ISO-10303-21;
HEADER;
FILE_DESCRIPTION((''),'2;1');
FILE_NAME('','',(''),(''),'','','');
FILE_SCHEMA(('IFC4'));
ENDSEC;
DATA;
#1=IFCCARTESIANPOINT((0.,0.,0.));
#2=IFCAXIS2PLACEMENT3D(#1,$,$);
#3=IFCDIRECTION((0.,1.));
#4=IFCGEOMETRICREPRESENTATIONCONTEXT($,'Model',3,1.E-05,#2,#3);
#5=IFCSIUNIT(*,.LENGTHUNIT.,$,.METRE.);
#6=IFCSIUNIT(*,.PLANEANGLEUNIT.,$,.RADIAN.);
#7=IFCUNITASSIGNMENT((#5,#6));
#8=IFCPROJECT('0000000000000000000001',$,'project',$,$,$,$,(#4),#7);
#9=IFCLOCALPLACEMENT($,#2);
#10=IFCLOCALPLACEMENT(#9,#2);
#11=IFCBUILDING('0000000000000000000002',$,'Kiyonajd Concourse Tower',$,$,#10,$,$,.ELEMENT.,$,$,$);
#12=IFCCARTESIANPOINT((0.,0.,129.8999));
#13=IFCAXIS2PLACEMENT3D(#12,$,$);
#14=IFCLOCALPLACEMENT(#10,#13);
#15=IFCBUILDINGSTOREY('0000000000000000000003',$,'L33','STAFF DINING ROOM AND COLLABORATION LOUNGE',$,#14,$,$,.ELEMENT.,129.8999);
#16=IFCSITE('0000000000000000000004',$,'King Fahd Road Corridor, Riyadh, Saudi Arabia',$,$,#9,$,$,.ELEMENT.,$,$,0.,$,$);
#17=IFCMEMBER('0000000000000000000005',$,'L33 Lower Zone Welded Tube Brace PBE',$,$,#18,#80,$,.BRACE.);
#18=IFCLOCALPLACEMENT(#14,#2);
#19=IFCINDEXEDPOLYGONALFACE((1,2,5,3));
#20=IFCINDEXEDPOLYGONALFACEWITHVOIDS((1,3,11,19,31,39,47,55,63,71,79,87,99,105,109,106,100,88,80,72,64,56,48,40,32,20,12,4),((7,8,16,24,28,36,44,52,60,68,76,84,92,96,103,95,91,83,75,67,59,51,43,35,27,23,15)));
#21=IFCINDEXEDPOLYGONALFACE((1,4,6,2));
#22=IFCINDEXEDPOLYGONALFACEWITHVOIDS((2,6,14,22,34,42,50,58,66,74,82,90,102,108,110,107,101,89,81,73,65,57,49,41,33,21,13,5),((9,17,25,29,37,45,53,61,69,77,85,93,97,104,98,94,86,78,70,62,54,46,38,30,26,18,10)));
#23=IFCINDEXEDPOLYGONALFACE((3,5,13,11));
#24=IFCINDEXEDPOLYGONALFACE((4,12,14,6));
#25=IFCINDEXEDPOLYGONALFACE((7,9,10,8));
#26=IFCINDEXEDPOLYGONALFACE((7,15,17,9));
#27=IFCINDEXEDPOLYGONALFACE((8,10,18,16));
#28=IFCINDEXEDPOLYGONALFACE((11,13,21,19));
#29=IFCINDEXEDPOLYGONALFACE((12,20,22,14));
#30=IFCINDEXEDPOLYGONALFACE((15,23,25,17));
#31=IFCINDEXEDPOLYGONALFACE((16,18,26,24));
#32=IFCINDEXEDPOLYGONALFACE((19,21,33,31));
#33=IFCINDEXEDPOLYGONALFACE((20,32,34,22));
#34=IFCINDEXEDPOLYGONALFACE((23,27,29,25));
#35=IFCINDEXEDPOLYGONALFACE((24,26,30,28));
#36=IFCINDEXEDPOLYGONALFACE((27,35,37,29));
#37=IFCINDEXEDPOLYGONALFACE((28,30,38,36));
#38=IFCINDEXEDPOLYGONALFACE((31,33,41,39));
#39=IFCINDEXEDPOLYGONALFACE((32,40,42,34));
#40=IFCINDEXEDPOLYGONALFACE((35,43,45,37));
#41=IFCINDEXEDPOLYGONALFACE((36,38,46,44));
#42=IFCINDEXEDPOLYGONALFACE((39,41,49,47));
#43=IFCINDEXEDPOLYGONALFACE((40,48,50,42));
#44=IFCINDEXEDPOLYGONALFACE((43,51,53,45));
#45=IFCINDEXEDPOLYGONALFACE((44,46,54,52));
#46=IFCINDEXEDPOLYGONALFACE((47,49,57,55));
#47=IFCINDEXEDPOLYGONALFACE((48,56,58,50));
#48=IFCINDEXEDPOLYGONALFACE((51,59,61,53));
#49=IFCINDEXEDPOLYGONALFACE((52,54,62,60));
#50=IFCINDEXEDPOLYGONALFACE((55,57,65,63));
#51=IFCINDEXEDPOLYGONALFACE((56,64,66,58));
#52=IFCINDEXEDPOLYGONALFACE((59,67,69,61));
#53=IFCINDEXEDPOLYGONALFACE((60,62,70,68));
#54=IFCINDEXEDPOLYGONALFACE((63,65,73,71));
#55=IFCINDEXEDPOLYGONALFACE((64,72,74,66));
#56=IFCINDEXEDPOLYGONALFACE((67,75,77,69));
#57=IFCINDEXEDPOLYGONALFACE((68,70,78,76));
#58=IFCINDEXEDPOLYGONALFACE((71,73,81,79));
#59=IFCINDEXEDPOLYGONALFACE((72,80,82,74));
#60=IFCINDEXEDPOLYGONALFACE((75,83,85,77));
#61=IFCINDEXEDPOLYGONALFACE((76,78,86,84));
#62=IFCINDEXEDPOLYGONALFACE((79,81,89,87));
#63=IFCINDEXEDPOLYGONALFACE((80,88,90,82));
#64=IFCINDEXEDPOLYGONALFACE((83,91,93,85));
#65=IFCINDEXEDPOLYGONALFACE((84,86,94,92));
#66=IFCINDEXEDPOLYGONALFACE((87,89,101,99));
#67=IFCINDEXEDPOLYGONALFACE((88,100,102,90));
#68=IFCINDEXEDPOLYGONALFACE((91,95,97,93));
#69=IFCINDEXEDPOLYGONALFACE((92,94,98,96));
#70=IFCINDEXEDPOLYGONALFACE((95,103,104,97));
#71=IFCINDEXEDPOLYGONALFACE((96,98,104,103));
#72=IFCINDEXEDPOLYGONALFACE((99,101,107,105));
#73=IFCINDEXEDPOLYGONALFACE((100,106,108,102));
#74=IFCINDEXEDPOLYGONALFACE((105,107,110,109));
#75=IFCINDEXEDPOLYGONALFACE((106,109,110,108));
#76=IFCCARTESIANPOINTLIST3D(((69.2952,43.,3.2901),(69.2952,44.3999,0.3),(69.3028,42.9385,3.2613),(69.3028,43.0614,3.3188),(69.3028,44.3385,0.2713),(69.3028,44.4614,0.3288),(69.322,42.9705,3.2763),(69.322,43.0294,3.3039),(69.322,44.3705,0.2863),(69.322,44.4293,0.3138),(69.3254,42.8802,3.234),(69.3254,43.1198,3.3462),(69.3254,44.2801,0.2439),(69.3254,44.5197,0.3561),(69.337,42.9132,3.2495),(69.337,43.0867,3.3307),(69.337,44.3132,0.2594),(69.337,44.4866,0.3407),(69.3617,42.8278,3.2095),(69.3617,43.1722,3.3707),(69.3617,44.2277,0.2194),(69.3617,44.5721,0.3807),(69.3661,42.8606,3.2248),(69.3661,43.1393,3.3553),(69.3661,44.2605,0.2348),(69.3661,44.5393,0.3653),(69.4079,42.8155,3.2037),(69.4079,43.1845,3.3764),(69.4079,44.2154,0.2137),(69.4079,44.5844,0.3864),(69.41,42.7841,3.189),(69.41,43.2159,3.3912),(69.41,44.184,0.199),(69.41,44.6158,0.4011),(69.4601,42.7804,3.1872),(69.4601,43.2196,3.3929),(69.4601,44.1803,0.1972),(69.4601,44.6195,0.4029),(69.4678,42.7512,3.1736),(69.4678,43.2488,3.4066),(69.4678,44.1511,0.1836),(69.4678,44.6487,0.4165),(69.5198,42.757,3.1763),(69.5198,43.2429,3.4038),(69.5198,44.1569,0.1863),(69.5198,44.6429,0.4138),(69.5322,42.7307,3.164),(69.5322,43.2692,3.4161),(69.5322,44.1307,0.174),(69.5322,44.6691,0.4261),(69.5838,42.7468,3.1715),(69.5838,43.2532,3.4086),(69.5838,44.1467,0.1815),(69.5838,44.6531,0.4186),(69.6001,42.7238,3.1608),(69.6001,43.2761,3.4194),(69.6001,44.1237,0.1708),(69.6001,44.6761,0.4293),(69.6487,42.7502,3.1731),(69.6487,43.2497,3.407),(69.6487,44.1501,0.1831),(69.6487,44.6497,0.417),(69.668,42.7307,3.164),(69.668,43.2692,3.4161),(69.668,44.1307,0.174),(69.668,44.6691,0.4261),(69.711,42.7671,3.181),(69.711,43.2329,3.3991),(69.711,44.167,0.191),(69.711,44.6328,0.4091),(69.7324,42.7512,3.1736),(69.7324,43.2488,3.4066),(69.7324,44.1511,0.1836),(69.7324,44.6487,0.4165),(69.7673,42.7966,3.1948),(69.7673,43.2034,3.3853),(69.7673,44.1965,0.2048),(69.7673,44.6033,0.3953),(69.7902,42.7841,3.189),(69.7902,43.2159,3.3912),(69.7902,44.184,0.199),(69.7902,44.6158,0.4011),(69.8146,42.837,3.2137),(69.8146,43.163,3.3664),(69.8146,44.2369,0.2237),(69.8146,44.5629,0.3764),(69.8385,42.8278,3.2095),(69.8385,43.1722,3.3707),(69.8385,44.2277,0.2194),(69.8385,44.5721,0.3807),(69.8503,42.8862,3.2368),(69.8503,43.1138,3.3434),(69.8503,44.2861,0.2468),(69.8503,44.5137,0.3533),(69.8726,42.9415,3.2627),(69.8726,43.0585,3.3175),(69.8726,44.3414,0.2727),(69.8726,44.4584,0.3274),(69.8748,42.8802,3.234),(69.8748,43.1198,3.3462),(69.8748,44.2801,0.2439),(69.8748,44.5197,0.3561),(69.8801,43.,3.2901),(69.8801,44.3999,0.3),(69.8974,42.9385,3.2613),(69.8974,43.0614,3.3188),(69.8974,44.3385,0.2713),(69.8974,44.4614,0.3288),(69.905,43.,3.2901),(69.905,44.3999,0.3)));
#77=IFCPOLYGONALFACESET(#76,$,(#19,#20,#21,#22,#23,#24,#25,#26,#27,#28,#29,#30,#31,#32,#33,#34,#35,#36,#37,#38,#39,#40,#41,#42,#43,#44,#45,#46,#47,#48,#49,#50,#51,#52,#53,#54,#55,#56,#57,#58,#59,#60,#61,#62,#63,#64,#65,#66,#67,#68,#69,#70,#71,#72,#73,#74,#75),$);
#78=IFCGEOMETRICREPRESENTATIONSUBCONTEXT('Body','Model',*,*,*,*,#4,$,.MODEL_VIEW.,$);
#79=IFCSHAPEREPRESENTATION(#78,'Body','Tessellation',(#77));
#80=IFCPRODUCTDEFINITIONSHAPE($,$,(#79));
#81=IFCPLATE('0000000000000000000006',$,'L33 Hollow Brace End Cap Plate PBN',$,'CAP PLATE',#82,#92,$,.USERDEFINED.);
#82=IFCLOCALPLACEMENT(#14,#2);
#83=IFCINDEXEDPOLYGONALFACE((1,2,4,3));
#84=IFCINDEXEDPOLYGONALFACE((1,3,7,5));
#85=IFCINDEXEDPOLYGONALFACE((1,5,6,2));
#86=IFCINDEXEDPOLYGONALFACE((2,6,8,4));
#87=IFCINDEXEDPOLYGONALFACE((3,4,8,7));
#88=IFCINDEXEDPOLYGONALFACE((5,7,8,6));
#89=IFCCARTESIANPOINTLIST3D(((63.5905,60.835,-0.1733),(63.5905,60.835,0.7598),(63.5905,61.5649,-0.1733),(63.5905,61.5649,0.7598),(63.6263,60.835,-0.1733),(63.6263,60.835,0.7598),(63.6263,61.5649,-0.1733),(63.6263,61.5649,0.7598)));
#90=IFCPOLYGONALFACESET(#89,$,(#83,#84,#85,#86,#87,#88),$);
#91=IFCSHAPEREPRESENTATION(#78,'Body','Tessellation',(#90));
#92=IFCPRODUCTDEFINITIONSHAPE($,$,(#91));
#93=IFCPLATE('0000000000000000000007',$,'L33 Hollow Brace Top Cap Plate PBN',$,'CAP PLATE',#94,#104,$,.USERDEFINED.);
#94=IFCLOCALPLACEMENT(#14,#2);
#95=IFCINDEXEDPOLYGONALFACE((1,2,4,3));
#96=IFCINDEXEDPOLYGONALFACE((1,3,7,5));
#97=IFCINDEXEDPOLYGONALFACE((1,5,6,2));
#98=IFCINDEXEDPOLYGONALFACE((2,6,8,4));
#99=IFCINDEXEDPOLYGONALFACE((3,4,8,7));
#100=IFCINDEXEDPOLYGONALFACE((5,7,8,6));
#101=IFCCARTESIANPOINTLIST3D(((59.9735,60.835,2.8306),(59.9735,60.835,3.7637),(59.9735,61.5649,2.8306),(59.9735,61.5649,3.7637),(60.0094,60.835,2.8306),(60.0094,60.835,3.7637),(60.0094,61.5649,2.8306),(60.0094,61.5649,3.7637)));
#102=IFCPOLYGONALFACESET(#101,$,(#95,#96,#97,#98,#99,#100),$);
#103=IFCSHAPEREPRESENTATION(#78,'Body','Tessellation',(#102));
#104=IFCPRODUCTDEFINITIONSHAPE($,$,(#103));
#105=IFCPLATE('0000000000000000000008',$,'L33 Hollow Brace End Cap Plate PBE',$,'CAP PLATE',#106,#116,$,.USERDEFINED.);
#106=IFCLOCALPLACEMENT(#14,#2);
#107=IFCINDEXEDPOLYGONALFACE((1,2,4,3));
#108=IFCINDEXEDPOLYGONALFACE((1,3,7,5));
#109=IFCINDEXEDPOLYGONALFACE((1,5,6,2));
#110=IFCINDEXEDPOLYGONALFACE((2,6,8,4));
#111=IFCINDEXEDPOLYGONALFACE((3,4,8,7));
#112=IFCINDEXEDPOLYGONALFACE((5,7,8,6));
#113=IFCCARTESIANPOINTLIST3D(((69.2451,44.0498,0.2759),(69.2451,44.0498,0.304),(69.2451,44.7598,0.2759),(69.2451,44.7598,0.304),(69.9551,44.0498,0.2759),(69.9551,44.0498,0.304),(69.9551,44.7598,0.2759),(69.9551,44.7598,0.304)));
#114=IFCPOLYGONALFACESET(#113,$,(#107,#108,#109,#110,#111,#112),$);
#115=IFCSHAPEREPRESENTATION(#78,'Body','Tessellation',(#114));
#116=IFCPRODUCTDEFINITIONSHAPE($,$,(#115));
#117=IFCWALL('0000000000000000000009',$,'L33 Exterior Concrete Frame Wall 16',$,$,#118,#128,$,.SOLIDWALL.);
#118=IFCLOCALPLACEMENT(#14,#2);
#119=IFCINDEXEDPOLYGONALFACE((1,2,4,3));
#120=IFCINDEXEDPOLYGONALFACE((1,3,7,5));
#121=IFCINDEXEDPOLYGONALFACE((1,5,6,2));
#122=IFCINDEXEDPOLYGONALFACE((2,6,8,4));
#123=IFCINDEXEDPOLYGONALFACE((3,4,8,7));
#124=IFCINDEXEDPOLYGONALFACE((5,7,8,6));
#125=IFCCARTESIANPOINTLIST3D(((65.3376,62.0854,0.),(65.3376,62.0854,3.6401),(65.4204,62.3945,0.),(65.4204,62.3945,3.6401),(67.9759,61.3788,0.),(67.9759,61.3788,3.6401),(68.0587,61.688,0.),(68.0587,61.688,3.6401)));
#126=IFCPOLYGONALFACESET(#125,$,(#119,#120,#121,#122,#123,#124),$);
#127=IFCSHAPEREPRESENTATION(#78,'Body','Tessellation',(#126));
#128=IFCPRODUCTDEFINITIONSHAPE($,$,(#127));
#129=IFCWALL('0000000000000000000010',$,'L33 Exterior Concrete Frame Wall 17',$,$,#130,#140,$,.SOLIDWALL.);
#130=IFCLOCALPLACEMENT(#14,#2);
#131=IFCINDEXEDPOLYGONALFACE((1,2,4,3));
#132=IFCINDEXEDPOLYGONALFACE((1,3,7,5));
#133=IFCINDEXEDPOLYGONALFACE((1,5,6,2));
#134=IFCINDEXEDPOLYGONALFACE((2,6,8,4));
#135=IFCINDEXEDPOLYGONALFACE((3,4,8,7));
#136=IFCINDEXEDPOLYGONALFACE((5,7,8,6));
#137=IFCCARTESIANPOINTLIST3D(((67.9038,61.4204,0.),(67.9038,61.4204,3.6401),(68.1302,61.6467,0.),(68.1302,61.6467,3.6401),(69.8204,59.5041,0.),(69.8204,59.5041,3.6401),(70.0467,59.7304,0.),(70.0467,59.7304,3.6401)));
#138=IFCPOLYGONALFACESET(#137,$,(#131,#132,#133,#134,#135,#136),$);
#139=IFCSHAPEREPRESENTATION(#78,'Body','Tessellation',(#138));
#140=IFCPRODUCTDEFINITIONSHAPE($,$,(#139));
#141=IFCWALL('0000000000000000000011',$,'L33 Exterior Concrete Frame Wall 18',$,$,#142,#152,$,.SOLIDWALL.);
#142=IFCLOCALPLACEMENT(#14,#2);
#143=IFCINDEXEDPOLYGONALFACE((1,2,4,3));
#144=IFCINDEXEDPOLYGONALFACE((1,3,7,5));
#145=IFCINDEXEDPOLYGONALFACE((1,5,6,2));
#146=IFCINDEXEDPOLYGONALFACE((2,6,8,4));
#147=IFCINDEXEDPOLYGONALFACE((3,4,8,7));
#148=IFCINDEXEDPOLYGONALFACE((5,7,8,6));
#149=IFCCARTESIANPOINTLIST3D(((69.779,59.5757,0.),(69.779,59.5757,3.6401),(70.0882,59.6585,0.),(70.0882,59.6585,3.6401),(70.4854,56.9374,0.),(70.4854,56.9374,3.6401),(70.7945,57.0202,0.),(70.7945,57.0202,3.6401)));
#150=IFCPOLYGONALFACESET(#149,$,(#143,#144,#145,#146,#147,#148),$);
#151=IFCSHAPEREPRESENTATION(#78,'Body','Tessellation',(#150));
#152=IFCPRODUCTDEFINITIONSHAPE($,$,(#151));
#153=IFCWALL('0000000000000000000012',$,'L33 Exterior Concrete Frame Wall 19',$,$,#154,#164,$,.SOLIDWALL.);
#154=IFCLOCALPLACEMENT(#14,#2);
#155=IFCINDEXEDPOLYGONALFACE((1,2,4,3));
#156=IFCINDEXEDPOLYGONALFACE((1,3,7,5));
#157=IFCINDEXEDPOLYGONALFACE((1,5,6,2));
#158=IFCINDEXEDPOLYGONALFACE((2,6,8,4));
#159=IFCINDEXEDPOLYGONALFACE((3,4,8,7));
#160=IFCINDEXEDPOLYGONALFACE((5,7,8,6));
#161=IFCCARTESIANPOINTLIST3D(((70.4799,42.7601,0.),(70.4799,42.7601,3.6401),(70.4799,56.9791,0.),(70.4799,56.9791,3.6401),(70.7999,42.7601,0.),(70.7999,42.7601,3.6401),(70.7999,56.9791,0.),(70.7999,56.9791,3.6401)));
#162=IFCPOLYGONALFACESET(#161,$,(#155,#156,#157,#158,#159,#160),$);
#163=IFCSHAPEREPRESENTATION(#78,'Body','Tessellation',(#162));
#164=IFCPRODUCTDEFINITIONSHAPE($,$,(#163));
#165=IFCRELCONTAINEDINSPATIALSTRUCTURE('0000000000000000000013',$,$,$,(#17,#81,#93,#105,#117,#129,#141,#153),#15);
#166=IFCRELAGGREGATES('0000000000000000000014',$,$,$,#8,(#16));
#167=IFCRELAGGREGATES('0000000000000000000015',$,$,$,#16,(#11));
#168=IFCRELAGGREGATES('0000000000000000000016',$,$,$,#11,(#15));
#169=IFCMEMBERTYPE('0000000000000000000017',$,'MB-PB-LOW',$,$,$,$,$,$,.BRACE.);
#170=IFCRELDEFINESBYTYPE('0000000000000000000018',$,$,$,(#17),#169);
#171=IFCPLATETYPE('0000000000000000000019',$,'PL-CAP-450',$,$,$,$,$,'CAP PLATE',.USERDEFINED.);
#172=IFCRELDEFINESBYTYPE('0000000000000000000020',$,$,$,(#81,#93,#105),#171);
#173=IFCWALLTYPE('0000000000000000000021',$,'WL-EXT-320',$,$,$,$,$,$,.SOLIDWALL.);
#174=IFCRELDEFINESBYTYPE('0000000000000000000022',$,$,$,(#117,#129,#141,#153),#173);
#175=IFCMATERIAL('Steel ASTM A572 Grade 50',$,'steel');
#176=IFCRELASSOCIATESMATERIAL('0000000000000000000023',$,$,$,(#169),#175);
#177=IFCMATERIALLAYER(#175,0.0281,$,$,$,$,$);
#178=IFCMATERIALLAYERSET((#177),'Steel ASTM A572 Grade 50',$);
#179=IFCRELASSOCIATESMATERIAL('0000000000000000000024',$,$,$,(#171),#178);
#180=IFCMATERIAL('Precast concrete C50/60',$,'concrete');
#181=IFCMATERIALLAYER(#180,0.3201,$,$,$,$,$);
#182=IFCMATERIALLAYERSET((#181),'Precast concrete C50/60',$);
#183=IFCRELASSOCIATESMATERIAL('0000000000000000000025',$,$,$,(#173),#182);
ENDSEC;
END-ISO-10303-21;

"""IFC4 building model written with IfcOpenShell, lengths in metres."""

from ifc_helpers import new_model, si_unit, direction, frame, frame_2d, origin, origin_2d, place, context, subcontext, project, spatial, rectangle, hollow_circle, extrude, material, layer, layer_set, material_profile, profile_set, type_object, element, save


model = new_model("IFC4")

# Units and contexts
model_context = context("Model", 3, precision=1e-05, world=origin(), true_north=direction((0.0, 1.0)))
body_context = subcontext(model_context, "Body", "Model", "MODEL_VIEW")
ifc_project = project(units=[si_unit("LENGTHUNIT", "METRE"), si_unit("PLANEANGLEUNIT", "RADIAN")], contexts=[model_context])

# Site, building, storey
site_placement = place(None, origin())
site = spatial("IfcSite", under=ifc_project, at=site_placement, Name="King Fahd Road Corridor, Riyadh, Saudi Arabia", CompositionType="ELEMENT", RefElevation=0.0)
building_placement = place(site_placement, origin())
building = spatial("IfcBuilding", under=site, at=building_placement, Name="Kiyonajd Concourse Tower", CompositionType="ELEMENT")
storey_placement = place(building_placement, frame((0.0, 0.0, 129.8999)))
storey = spatial("IfcBuildingStorey", under=building, at=storey_placement, Name="L33", Description="STAFF DINING ROOM AND COLLABORATION LOUNGE", CompositionType="ELEMENT", Elevation=129.8999)

# Shared definitions
ifc_material_1 = material(Name="Precast concrete C50/60", Category="concrete")

# Member
ifc_material_2 = material(Name="Steel ASTM A572 Grade 50", Category="steel")
ifc_material_profile_1 = material_profile(ifc_material_2, hollow_circle(Radius=0.3049, WallThickness=0.0249, at=origin_2d()), Name="CHS-610x25")
ifc_profile_set_1 = profile_set([ifc_material_profile_1], Name="Steel ASTM A572 Grade 50")
member_type = type_object("IfcMemberType", Name="MB-PB-LOW", PredefinedType="BRACE", material=ifc_profile_set_1)
member_1_placement = place(storey_placement, frame((69.6001, 44.3999, 0.3), z_axis=(0.0, -0.424023, 0.905652), x_axis=(1.0, 0.0, 0.0)))
element("IfcMember", 1, at=member_1_placement, inside=storey, type_object=member_type, Name="L33 Lower Zone Welded Tube Brace PBE", PredefinedType="BRACE", context=body_context, shape_type="SweptSolid", body=[
    extrude(hollow_circle(Radius=0.3049, WallThickness=0.0249, at=origin_2d()), origin(), (0.0, 0.0, 1.0), 3.3015),
])

# Plates
ifc_layer_1 = layer(ifc_material_2, 0.0281)
ifc_layer_set_1 = layer_set([ifc_layer_1], Name="Steel ASTM A572 Grade 50")
plate_type = type_object("IfcPlateType", Name="PL-CAP-450", ElementType="CAP PLATE", PredefinedType="USERDEFINED", material=ifc_layer_set_1)
for number, where, z_axis, x_axis, name in (
    (2, (63.6084, 61.2, -0.1733), (0.0, 0.0, 1.0), (1.0, 0.0, 0.0), "L33 Hollow Brace End Cap Plate PBN"),
    (3, (59.9915, 61.2, 2.8306), (0.0, 0.0, 1.0), (-1.0, 0.0, 0.0), "L33 Hollow Brace Top Cap Plate PBN"),
):
    element("IfcPlate", number, at=place(storey_placement, frame(where, z_axis=z_axis, x_axis=x_axis)), inside=storey, type_object=plate_type, Name=name, ObjectType="CAP PLATE", PredefinedType="USERDEFINED", context=body_context, shape_type="SweptSolid", body=[
        extrude(rectangle(XDim=0.0359, YDim=0.73, at=origin_2d()), origin(), (0.0, 0.0, 1.0), 0.9331),
    ])
plate_placement = place(storey_placement, frame((69.6001, 44.4048, 0.2759), z_axis=(0.0, 0.0, 1.0), x_axis=(1.0, 0.0, 0.0)))
element("IfcPlate", 4, at=plate_placement, inside=storey, type_object=plate_type, Name="L33 Hollow Brace End Cap Plate PBE", ObjectType="CAP PLATE", PredefinedType="USERDEFINED", context=body_context, shape_type="SweptSolid", body=[
    extrude(rectangle(XDim=0.71, YDim=0.71, at=origin_2d()), origin(), (0.0, 0.0, 1.0), 0.0281),
])

# Walls
ifc_layer_2 = layer(ifc_material_1, 0.3201)
ifc_layer_set_2 = layer_set([ifc_layer_2], Name="Precast concrete C50/60")
wall_type = type_object("IfcWallType", Name="WL-EXT-320", PredefinedType="SOLIDWALL", material=ifc_layer_set_2)
wall_1_placement = place(storey_placement, frame((65.3789, 62.24, 0.0), z_axis=(0.0, 0.0, 1.0), x_axis=(0.965958, -0.258697, 0.0)))
element("IfcWall", 5, at=wall_1_placement, inside=storey, type_object=wall_type, Name="L33 Exterior Concrete Frame Wall 16", PredefinedType="SOLIDWALL", context=body_context, shape_type="SweptSolid", body=[
    extrude(rectangle(XDim=2.7312, YDim=0.3201, at=frame_2d((1.3657, 0.0))), origin(), (0.0, 0.0, 1.0), 3.6401),
])
wall_2_placement = place(storey_placement, frame((68.0171, 61.5334, 0.0), z_axis=(0.0, 0.0, 1.0), x_axis=(0.707152, -0.707062, 0.0)))
element("IfcWall", 6, at=wall_2_placement, inside=storey, type_object=wall_type, Name="L33 Exterior Concrete Frame Wall 17", PredefinedType="SOLIDWALL", context=body_context, shape_type="SweptSolid", body=[
    extrude(rectangle(XDim=2.7102, YDim=0.3201, at=frame_2d((1.355, 0.0))), origin(), (0.0, 0.0, 1.0), 3.6401),
])
wall_3_placement = place(storey_placement, frame((69.9336, 59.6172, 0.0), z_axis=(0.0, 0.0, 1.0), x_axis=(0.258614, -0.965981, 0.0)))
element("IfcWall", 7, at=wall_3_placement, inside=storey, type_object=wall_type, Name="L33 Exterior Concrete Frame Wall 18", PredefinedType="SOLIDWALL", context=body_context, shape_type="SweptSolid", body=[
    extrude(rectangle(XDim=2.7312, YDim=0.3201, at=frame_2d((1.3657, 0.0))), origin(), (0.0, 0.0, 1.0), 3.6401),
])
wall_4_placement = place(storey_placement, frame((70.6399, 56.979, 0.0), z_axis=(0.0, 0.0, 1.0), x_axis=(0.0, -1.0, 0.0)))
element("IfcWall", 8, at=wall_4_placement, inside=storey, type_object=wall_type, Name="L33 Exterior Concrete Frame Wall 19", PredefinedType="SOLIDWALL", context=body_context, shape_type="SweptSolid", body=[
    extrude(rectangle(XDim=14.219, YDim=0.3201, at=frame_2d((7.1094, 0.0))), origin(), (0.0, 0.0, 1.0), 3.6401),
])

save(model, "model.ifc")
